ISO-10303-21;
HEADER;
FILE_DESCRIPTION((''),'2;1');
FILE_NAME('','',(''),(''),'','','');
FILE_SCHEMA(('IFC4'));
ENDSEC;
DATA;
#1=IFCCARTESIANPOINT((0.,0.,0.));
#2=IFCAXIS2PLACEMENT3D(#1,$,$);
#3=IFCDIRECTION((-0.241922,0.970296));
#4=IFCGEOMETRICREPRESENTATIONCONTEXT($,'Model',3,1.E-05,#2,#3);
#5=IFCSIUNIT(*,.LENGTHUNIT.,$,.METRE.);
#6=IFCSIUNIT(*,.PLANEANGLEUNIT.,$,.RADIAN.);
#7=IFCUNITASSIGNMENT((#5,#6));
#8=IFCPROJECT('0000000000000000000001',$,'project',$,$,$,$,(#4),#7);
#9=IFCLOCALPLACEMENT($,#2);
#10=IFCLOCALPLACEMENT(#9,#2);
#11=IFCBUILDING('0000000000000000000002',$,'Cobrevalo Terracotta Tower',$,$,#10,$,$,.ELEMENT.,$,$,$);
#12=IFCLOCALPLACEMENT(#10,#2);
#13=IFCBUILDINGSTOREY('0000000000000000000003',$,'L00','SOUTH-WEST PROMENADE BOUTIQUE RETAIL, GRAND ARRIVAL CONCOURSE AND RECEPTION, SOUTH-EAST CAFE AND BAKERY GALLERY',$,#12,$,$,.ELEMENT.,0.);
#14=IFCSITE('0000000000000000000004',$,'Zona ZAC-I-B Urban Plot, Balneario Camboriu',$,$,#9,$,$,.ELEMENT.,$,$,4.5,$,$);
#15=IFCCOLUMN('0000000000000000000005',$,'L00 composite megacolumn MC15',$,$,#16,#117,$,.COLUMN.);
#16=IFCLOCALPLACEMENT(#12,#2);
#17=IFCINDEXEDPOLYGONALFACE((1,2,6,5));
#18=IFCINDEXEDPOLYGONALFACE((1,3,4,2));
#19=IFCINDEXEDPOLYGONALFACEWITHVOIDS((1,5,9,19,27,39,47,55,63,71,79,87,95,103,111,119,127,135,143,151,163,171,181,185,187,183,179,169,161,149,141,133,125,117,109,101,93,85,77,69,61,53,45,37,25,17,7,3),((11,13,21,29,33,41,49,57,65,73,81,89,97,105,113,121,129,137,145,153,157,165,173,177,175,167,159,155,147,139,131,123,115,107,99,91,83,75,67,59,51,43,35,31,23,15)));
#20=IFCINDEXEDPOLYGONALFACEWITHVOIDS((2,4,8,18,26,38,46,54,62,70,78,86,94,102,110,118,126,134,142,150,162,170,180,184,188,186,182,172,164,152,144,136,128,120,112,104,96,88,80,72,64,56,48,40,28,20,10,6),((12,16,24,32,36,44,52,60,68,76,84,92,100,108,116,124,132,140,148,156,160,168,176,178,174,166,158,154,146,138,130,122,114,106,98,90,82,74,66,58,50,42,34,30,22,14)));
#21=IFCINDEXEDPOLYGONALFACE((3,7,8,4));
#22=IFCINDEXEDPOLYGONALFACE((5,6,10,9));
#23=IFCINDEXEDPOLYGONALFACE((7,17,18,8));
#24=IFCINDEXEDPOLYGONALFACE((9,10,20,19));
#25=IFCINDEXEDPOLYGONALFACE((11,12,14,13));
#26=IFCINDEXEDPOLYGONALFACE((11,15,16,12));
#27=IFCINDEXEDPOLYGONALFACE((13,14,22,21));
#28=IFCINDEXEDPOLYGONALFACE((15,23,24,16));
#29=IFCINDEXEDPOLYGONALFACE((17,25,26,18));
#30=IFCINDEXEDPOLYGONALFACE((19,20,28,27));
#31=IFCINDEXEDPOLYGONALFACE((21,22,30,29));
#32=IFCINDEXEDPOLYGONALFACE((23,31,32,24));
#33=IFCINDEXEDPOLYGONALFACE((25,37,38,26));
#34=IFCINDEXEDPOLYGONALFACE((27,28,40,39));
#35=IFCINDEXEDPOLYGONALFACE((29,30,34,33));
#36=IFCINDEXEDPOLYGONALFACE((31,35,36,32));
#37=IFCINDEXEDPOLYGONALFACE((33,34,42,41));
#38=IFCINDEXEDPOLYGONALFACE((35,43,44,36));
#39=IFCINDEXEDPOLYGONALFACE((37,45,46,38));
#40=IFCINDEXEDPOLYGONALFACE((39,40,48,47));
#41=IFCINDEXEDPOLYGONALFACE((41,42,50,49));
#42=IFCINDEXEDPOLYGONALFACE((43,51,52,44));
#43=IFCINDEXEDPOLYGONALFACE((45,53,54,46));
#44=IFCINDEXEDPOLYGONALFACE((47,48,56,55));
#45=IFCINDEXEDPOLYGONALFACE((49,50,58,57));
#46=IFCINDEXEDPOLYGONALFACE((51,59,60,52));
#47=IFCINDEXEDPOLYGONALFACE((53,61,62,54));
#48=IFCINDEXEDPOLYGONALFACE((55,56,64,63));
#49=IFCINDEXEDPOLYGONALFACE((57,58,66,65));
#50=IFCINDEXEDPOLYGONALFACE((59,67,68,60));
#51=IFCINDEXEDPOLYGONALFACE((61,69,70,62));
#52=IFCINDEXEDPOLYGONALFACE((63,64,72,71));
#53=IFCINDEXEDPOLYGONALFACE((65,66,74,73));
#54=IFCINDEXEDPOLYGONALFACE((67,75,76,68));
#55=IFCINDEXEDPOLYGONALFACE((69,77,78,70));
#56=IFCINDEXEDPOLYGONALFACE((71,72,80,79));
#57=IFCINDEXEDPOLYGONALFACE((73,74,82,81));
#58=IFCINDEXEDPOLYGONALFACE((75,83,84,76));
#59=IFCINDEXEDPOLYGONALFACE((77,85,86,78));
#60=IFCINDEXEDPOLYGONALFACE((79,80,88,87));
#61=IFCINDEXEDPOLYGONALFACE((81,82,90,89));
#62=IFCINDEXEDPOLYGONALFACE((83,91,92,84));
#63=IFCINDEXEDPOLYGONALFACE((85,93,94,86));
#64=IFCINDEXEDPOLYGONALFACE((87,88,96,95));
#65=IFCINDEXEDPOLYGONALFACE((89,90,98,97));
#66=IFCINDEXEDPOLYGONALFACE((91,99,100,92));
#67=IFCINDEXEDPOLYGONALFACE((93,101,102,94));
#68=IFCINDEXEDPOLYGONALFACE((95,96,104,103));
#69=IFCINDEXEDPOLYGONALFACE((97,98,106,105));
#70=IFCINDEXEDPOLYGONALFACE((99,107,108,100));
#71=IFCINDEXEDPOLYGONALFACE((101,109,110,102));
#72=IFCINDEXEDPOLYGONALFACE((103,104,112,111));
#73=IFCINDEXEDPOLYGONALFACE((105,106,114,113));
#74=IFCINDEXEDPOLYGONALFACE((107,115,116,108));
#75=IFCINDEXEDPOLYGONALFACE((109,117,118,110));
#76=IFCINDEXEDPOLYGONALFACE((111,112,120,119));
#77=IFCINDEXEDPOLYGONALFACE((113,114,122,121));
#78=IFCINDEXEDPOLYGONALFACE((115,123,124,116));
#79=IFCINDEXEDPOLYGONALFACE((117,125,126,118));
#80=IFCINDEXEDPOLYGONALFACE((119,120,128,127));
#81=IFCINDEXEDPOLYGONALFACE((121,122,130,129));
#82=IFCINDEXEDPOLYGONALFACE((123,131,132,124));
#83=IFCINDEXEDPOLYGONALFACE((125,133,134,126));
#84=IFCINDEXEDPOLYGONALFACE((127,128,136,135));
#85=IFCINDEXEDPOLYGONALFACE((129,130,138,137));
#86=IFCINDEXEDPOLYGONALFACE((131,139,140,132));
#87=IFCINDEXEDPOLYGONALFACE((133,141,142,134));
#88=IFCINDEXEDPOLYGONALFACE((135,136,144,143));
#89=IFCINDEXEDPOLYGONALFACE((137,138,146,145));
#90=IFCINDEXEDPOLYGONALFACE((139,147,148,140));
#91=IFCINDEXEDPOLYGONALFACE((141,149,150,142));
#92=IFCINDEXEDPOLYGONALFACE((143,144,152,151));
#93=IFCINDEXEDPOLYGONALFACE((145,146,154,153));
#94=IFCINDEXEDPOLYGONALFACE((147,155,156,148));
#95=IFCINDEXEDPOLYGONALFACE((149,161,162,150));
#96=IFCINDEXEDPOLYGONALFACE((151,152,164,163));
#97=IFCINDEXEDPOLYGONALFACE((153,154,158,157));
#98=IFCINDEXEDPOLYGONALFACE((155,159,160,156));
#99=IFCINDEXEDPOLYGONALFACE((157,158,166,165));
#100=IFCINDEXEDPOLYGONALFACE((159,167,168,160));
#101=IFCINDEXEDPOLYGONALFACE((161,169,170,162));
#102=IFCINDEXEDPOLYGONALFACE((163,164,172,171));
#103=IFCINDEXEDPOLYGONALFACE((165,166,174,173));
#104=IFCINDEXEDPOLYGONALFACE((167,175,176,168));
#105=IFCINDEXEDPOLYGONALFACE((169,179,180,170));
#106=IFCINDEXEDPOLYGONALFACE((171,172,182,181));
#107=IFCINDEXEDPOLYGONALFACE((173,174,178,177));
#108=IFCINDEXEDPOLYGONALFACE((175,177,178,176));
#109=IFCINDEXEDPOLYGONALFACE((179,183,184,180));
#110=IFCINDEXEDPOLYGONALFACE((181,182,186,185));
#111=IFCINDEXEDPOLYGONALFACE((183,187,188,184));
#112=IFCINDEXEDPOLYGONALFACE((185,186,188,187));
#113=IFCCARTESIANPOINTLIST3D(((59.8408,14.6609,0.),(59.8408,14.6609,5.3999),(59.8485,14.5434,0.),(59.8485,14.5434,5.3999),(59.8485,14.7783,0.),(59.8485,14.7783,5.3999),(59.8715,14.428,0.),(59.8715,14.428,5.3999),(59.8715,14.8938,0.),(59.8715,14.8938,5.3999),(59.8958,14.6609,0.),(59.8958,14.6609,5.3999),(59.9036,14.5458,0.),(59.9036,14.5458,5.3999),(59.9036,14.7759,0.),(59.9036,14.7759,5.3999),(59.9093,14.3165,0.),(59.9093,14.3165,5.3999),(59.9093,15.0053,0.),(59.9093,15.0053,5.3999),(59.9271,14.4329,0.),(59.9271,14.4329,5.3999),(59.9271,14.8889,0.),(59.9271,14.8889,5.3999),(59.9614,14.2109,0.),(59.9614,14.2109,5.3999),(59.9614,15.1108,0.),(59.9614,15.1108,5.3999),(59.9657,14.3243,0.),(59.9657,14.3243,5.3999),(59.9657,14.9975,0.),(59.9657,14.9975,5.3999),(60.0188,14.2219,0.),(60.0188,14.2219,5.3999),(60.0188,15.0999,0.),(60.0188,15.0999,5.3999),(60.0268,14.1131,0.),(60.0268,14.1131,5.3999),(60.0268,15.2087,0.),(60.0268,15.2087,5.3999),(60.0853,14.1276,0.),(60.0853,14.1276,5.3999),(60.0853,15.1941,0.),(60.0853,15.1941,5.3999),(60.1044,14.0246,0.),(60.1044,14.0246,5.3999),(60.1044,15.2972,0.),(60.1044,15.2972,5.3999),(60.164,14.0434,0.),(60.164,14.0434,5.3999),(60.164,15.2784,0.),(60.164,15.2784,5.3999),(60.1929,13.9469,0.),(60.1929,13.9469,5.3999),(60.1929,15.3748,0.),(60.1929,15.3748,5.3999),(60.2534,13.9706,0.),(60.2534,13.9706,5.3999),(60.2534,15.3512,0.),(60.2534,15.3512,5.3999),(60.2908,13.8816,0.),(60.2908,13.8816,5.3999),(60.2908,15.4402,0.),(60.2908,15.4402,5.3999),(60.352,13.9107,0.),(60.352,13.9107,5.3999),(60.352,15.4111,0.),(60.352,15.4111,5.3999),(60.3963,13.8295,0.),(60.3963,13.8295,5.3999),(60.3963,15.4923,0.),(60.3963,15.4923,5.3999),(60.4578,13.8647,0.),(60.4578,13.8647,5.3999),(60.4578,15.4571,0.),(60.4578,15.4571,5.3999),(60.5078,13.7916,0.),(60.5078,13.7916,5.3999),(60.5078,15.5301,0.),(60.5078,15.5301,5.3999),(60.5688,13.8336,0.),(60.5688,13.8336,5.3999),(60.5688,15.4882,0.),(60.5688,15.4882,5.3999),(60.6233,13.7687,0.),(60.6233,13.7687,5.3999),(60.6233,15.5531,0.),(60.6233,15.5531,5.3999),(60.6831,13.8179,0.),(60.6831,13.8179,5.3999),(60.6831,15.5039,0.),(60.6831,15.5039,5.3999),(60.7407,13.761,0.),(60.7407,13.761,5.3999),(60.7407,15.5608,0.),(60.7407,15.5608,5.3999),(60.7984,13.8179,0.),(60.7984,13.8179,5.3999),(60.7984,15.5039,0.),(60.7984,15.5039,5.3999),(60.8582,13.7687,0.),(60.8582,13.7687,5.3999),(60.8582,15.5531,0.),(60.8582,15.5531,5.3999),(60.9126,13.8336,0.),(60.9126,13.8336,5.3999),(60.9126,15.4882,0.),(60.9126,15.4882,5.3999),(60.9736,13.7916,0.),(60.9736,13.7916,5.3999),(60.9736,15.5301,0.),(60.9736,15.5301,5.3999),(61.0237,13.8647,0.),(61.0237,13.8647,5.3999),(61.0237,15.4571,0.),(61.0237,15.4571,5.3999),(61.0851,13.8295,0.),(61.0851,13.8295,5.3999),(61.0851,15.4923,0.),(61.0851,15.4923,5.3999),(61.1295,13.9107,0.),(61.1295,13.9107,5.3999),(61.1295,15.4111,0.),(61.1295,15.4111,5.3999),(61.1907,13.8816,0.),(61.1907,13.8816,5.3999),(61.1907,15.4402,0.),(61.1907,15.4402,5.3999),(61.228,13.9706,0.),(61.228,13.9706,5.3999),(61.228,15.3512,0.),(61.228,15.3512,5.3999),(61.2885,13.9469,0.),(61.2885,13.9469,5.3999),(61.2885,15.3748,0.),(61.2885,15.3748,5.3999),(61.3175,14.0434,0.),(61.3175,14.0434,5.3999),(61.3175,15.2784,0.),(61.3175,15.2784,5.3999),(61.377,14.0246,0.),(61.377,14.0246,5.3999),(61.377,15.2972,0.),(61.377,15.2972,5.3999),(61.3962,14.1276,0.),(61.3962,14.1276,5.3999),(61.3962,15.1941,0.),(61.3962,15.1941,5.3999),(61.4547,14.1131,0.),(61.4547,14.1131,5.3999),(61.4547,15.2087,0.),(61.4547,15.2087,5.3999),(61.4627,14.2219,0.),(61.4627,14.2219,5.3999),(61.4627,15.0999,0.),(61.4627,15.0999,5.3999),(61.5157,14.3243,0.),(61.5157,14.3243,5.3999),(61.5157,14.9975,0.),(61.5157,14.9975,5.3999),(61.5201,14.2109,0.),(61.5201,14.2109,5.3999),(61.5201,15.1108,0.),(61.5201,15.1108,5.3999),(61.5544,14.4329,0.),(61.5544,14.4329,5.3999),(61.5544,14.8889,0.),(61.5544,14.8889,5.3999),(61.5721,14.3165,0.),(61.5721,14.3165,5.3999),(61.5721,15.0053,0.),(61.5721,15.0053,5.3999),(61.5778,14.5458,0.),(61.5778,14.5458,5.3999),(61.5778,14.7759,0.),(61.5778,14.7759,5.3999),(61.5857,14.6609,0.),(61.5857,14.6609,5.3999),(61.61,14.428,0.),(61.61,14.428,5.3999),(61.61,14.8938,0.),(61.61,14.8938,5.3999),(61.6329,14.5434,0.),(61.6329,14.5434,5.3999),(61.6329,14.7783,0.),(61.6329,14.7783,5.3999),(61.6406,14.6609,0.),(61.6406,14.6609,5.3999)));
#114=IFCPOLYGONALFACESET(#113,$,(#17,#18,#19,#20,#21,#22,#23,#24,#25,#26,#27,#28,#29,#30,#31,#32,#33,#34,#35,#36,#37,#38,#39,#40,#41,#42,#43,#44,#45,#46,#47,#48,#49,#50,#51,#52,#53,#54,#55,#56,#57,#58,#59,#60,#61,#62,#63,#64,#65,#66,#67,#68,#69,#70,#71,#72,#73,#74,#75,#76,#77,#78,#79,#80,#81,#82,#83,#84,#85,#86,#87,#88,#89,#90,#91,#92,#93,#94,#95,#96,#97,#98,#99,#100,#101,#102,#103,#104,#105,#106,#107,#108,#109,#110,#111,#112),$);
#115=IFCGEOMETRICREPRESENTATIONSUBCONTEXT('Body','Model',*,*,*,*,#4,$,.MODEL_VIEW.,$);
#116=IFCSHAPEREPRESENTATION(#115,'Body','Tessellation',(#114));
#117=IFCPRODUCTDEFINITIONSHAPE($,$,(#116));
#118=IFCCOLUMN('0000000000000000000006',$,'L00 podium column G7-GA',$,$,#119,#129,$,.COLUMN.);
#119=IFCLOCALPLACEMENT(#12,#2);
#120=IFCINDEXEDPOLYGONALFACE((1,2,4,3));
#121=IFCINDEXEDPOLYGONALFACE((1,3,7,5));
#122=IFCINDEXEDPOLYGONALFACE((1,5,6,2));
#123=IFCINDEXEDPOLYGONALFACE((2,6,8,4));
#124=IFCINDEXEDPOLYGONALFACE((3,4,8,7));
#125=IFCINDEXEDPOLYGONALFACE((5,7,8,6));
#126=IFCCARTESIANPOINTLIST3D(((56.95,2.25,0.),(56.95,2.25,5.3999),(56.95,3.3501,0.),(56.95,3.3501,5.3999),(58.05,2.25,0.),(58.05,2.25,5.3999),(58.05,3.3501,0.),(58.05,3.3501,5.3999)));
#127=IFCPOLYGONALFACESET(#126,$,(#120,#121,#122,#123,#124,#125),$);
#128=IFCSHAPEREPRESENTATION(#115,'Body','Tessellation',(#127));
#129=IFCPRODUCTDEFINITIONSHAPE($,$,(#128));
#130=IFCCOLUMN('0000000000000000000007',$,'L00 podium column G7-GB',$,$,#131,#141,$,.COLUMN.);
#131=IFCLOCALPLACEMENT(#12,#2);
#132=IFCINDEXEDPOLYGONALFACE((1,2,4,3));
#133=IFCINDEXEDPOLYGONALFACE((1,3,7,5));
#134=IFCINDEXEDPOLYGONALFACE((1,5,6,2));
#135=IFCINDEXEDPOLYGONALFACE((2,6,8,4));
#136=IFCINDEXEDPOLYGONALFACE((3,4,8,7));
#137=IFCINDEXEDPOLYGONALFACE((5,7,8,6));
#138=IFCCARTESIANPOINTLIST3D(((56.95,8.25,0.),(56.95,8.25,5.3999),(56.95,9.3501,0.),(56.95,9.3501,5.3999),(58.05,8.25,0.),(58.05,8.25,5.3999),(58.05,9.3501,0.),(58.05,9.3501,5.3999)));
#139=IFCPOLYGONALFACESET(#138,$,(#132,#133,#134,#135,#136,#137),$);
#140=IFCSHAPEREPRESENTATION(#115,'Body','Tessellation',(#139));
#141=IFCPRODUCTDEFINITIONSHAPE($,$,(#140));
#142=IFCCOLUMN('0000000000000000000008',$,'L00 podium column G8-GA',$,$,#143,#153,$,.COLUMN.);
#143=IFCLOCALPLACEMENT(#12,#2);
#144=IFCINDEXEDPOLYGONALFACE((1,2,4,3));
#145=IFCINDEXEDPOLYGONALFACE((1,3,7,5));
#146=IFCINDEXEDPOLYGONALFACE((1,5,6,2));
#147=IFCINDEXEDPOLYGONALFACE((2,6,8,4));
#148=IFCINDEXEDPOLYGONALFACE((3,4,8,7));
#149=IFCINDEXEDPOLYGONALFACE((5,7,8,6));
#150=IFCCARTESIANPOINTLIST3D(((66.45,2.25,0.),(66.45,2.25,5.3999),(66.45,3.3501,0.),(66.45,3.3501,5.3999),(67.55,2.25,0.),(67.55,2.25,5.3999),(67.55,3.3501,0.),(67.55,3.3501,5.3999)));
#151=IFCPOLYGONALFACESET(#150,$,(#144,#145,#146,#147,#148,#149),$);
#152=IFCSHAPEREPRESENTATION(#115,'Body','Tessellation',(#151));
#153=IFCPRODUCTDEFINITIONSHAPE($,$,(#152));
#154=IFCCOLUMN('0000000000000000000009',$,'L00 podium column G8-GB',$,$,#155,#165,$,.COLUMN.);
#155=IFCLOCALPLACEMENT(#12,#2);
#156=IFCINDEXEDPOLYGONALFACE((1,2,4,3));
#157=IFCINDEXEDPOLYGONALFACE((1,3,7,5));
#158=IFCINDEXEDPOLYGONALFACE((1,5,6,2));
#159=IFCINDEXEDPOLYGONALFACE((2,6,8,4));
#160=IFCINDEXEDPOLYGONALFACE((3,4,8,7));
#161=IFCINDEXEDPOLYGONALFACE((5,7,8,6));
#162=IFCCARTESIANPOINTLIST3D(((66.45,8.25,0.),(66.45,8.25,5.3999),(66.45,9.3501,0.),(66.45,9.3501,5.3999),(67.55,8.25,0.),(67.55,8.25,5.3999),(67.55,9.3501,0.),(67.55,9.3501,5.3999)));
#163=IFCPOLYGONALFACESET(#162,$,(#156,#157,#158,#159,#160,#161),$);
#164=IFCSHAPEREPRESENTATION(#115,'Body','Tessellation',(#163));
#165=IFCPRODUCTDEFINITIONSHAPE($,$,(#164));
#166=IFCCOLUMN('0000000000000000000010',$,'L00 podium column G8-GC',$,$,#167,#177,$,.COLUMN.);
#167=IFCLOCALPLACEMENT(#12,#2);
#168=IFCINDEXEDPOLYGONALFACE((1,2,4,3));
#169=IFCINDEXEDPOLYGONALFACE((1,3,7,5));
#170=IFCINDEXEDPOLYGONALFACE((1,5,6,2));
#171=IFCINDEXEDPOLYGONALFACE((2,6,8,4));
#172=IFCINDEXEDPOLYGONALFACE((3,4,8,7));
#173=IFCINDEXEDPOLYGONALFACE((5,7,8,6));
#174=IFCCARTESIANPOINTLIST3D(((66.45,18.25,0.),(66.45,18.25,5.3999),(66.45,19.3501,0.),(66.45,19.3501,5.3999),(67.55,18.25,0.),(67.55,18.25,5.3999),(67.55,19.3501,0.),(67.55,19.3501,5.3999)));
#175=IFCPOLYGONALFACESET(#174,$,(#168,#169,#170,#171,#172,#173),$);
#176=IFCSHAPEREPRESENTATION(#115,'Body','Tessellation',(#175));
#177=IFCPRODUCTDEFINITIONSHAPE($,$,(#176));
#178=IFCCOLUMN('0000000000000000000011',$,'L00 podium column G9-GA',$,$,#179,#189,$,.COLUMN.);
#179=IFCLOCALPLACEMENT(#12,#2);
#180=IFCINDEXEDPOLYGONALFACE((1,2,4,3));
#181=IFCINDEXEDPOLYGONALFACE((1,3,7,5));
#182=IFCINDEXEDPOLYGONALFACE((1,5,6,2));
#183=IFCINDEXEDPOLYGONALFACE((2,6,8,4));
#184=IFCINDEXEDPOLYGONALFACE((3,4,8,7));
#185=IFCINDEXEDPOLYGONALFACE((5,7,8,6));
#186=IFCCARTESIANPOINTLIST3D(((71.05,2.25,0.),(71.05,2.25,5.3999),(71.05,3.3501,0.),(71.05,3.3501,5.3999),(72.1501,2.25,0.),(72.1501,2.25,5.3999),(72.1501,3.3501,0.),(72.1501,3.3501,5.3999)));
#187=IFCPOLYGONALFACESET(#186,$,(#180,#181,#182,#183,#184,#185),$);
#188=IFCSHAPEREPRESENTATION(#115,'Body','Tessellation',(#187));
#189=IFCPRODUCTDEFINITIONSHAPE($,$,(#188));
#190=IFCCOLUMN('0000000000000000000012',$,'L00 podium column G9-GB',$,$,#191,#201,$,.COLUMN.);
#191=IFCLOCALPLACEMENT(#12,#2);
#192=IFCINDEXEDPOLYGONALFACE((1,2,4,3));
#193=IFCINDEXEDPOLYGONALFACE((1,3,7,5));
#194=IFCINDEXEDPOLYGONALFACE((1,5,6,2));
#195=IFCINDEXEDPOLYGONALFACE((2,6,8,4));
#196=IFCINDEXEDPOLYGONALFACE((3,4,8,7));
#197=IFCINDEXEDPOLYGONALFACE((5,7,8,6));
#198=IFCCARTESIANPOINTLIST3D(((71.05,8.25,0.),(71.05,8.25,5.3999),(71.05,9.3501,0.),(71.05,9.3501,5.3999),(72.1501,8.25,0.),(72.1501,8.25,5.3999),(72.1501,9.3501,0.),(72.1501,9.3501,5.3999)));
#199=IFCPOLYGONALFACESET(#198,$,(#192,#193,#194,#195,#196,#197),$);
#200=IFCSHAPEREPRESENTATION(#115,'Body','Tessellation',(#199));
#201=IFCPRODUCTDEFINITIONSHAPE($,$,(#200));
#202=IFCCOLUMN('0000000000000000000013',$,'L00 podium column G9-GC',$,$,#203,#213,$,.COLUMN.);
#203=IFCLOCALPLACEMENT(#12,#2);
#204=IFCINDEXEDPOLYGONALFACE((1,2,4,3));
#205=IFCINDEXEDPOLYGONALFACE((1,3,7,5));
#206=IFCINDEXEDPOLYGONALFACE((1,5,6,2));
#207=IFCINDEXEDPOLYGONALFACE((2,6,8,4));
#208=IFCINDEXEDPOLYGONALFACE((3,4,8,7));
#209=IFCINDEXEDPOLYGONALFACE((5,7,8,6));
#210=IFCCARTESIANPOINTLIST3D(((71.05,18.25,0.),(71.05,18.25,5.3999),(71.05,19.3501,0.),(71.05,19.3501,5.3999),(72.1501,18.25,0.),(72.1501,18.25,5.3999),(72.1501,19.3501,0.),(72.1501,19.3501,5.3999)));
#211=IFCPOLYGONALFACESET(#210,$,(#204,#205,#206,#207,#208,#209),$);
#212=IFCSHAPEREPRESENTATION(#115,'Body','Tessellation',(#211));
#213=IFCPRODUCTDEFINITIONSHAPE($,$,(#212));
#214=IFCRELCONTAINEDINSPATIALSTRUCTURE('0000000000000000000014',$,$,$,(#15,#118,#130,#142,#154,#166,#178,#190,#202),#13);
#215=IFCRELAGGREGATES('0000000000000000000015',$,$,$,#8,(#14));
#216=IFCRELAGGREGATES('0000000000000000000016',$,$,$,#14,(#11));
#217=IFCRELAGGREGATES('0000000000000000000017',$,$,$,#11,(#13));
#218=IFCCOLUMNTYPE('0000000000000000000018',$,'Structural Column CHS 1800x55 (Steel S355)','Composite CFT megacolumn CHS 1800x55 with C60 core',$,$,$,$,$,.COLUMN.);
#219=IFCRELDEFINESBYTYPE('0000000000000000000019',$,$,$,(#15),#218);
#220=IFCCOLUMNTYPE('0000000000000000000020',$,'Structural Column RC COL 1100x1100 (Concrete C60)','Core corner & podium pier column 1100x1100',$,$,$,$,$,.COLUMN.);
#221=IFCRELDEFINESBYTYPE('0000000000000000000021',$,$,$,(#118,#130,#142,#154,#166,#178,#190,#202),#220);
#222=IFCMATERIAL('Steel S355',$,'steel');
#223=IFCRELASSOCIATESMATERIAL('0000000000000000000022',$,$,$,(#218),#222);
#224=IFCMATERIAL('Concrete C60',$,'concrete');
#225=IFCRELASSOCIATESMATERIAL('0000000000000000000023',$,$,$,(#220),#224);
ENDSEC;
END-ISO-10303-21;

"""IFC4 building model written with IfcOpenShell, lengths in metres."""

from ifc_helpers import new_model, si_unit, direction, frame, origin, origin_2d, place, context, subcontext, project, spatial, rectangle, hollow_circle, extrude, material, material_profile, profile_set, type_object, element, save


model = new_model("IFC4")

# Units and contexts
model_context = context("Model", 3, precision=1e-05, world=origin(), true_north=direction((-0.241922, 0.970296)))
body_context = subcontext(model_context, "Body", "Model", "MODEL_VIEW")
ifc_project = project(units=[si_unit("LENGTHUNIT", "METRE"), si_unit("PLANEANGLEUNIT", "RADIAN")], contexts=[model_context])

# Site, building, storey
site_placement = place(None, origin())
site = spatial("IfcSite", under=ifc_project, at=site_placement, Name="Zona ZAC-I-B Urban Plot, Balneario Camboriu", CompositionType="ELEMENT", RefElevation=4.5)
building_placement = place(site_placement, origin())
building = spatial("IfcBuilding", under=site, at=building_placement, Name="Cobrevalo Terracotta Tower", CompositionType="ELEMENT")
storey_placement = place(building_placement, origin())
storey = spatial("IfcBuildingStorey", under=building, at=storey_placement, Name="L00", Description="SOUTH-WEST PROMENADE BOUTIQUE RETAIL, GRAND ARRIVAL CONCOURSE AND RECEPTION, SOUTH-EAST CAFE AND BAKERY GALLERY", CompositionType="ELEMENT", Elevation=0.0)

# Columns
ifc_material_1 = material(Name="Steel S355", Category="steel")
ifc_material_profile_1 = material_profile(ifc_material_1, hollow_circle(Radius=0.8999, WallThickness=0.0549, at=origin_2d()), Name="CHS 1800x55")
ifc_profile_set_1 = profile_set([ifc_material_profile_1], Name="Steel S355")
column_type_1 = type_object("IfcColumnType", Name="Structural Column CHS 1800x55 (Steel S355)", Description="Composite CFT megacolumn CHS 1800x55 with C60 core", PredefinedType="COLUMN", material=ifc_profile_set_1)
for number, where, z_axis, x_axis, name in (
    (1, (60.7407, 14.6609, 0.0), (0.0, 0.0, 1.0), (1.0, 0.0, 0.0), "L00 composite megacolumn MC15"),
):
    element("IfcColumn", number, at=place(storey_placement, frame(where, z_axis=z_axis, x_axis=x_axis)), inside=storey, type_object=column_type_1, Name=name, PredefinedType="COLUMN", context=body_context, shape_type="SweptSolid", body=[
        extrude(hollow_circle(Radius=0.8999, WallThickness=0.0549, at=origin_2d()), origin(), (0.0, 0.0, 1.0), 5.3999),
    ])
ifc_material_2 = material(Name="Concrete C60", Category="concrete")
ifc_material_profile_2 = material_profile(ifc_material_2, rectangle(XDim=1.1001, YDim=1.1001, at=origin_2d()), Name="RC COL 1100x1100")
ifc_profile_set_2 = profile_set([ifc_material_profile_2], Name="Concrete C60")
column_type_2 = type_object("IfcColumnType", Name="Structural Column RC COL 1100x1100 (Concrete C60)", Description="Core corner & podium pier column 1100x1100", PredefinedType="COLUMN", material=ifc_profile_set_2)
for number, where, z_axis, x_axis, name in (
    (2, (57.5, 2.8, 0.0), (0.0, 0.0, 1.0), (1.0, 0.0, 0.0), "L00 podium column G7-GA"),
    (3, (57.5, 8.8, 0.0), (0.0, 0.0, 1.0), (1.0, 0.0, 0.0), "L00 podium column G7-GB"),
    (4, (67.0, 2.8, 0.0), (0.0, 0.0, 1.0), (1.0, 0.0, 0.0), "L00 podium column G8-GA"),
    (5, (67.0, 8.8, 0.0), (0.0, 0.0, 1.0), (1.0, 0.0, 0.0), "L00 podium column G8-GB"),
    (6, (67.0, 18.8, 0.0), (0.0, 0.0, 1.0), (1.0, 0.0, 0.0), "L00 podium column G8-GC"),
    (7, (71.6001, 2.8, 0.0), (0.0, 0.0, 1.0), (1.0, 0.0, 0.0), "L00 podium column G9-GA"),
    (8, (71.6001, 8.8, 0.0), (0.0, 0.0, 1.0), (1.0, 0.0, 0.0), "L00 podium column G9-GB"),
    (9, (71.6001, 18.8, 0.0), (0.0, 0.0, 1.0), (1.0, 0.0, 0.0), "L00 podium column G9-GC"),
):
    element("IfcColumn", number, at=place(storey_placement, frame(where, z_axis=z_axis, x_axis=x_axis)), inside=storey, type_object=column_type_2, Name=name, PredefinedType="COLUMN", context=body_context, shape_type="SweptSolid", body=[
        extrude(rectangle(XDim=1.1001, YDim=1.1001, at=origin_2d()), origin(), (0.0, 0.0, 1.0), 5.3999),
    ])

save(model, "model.ifc")
